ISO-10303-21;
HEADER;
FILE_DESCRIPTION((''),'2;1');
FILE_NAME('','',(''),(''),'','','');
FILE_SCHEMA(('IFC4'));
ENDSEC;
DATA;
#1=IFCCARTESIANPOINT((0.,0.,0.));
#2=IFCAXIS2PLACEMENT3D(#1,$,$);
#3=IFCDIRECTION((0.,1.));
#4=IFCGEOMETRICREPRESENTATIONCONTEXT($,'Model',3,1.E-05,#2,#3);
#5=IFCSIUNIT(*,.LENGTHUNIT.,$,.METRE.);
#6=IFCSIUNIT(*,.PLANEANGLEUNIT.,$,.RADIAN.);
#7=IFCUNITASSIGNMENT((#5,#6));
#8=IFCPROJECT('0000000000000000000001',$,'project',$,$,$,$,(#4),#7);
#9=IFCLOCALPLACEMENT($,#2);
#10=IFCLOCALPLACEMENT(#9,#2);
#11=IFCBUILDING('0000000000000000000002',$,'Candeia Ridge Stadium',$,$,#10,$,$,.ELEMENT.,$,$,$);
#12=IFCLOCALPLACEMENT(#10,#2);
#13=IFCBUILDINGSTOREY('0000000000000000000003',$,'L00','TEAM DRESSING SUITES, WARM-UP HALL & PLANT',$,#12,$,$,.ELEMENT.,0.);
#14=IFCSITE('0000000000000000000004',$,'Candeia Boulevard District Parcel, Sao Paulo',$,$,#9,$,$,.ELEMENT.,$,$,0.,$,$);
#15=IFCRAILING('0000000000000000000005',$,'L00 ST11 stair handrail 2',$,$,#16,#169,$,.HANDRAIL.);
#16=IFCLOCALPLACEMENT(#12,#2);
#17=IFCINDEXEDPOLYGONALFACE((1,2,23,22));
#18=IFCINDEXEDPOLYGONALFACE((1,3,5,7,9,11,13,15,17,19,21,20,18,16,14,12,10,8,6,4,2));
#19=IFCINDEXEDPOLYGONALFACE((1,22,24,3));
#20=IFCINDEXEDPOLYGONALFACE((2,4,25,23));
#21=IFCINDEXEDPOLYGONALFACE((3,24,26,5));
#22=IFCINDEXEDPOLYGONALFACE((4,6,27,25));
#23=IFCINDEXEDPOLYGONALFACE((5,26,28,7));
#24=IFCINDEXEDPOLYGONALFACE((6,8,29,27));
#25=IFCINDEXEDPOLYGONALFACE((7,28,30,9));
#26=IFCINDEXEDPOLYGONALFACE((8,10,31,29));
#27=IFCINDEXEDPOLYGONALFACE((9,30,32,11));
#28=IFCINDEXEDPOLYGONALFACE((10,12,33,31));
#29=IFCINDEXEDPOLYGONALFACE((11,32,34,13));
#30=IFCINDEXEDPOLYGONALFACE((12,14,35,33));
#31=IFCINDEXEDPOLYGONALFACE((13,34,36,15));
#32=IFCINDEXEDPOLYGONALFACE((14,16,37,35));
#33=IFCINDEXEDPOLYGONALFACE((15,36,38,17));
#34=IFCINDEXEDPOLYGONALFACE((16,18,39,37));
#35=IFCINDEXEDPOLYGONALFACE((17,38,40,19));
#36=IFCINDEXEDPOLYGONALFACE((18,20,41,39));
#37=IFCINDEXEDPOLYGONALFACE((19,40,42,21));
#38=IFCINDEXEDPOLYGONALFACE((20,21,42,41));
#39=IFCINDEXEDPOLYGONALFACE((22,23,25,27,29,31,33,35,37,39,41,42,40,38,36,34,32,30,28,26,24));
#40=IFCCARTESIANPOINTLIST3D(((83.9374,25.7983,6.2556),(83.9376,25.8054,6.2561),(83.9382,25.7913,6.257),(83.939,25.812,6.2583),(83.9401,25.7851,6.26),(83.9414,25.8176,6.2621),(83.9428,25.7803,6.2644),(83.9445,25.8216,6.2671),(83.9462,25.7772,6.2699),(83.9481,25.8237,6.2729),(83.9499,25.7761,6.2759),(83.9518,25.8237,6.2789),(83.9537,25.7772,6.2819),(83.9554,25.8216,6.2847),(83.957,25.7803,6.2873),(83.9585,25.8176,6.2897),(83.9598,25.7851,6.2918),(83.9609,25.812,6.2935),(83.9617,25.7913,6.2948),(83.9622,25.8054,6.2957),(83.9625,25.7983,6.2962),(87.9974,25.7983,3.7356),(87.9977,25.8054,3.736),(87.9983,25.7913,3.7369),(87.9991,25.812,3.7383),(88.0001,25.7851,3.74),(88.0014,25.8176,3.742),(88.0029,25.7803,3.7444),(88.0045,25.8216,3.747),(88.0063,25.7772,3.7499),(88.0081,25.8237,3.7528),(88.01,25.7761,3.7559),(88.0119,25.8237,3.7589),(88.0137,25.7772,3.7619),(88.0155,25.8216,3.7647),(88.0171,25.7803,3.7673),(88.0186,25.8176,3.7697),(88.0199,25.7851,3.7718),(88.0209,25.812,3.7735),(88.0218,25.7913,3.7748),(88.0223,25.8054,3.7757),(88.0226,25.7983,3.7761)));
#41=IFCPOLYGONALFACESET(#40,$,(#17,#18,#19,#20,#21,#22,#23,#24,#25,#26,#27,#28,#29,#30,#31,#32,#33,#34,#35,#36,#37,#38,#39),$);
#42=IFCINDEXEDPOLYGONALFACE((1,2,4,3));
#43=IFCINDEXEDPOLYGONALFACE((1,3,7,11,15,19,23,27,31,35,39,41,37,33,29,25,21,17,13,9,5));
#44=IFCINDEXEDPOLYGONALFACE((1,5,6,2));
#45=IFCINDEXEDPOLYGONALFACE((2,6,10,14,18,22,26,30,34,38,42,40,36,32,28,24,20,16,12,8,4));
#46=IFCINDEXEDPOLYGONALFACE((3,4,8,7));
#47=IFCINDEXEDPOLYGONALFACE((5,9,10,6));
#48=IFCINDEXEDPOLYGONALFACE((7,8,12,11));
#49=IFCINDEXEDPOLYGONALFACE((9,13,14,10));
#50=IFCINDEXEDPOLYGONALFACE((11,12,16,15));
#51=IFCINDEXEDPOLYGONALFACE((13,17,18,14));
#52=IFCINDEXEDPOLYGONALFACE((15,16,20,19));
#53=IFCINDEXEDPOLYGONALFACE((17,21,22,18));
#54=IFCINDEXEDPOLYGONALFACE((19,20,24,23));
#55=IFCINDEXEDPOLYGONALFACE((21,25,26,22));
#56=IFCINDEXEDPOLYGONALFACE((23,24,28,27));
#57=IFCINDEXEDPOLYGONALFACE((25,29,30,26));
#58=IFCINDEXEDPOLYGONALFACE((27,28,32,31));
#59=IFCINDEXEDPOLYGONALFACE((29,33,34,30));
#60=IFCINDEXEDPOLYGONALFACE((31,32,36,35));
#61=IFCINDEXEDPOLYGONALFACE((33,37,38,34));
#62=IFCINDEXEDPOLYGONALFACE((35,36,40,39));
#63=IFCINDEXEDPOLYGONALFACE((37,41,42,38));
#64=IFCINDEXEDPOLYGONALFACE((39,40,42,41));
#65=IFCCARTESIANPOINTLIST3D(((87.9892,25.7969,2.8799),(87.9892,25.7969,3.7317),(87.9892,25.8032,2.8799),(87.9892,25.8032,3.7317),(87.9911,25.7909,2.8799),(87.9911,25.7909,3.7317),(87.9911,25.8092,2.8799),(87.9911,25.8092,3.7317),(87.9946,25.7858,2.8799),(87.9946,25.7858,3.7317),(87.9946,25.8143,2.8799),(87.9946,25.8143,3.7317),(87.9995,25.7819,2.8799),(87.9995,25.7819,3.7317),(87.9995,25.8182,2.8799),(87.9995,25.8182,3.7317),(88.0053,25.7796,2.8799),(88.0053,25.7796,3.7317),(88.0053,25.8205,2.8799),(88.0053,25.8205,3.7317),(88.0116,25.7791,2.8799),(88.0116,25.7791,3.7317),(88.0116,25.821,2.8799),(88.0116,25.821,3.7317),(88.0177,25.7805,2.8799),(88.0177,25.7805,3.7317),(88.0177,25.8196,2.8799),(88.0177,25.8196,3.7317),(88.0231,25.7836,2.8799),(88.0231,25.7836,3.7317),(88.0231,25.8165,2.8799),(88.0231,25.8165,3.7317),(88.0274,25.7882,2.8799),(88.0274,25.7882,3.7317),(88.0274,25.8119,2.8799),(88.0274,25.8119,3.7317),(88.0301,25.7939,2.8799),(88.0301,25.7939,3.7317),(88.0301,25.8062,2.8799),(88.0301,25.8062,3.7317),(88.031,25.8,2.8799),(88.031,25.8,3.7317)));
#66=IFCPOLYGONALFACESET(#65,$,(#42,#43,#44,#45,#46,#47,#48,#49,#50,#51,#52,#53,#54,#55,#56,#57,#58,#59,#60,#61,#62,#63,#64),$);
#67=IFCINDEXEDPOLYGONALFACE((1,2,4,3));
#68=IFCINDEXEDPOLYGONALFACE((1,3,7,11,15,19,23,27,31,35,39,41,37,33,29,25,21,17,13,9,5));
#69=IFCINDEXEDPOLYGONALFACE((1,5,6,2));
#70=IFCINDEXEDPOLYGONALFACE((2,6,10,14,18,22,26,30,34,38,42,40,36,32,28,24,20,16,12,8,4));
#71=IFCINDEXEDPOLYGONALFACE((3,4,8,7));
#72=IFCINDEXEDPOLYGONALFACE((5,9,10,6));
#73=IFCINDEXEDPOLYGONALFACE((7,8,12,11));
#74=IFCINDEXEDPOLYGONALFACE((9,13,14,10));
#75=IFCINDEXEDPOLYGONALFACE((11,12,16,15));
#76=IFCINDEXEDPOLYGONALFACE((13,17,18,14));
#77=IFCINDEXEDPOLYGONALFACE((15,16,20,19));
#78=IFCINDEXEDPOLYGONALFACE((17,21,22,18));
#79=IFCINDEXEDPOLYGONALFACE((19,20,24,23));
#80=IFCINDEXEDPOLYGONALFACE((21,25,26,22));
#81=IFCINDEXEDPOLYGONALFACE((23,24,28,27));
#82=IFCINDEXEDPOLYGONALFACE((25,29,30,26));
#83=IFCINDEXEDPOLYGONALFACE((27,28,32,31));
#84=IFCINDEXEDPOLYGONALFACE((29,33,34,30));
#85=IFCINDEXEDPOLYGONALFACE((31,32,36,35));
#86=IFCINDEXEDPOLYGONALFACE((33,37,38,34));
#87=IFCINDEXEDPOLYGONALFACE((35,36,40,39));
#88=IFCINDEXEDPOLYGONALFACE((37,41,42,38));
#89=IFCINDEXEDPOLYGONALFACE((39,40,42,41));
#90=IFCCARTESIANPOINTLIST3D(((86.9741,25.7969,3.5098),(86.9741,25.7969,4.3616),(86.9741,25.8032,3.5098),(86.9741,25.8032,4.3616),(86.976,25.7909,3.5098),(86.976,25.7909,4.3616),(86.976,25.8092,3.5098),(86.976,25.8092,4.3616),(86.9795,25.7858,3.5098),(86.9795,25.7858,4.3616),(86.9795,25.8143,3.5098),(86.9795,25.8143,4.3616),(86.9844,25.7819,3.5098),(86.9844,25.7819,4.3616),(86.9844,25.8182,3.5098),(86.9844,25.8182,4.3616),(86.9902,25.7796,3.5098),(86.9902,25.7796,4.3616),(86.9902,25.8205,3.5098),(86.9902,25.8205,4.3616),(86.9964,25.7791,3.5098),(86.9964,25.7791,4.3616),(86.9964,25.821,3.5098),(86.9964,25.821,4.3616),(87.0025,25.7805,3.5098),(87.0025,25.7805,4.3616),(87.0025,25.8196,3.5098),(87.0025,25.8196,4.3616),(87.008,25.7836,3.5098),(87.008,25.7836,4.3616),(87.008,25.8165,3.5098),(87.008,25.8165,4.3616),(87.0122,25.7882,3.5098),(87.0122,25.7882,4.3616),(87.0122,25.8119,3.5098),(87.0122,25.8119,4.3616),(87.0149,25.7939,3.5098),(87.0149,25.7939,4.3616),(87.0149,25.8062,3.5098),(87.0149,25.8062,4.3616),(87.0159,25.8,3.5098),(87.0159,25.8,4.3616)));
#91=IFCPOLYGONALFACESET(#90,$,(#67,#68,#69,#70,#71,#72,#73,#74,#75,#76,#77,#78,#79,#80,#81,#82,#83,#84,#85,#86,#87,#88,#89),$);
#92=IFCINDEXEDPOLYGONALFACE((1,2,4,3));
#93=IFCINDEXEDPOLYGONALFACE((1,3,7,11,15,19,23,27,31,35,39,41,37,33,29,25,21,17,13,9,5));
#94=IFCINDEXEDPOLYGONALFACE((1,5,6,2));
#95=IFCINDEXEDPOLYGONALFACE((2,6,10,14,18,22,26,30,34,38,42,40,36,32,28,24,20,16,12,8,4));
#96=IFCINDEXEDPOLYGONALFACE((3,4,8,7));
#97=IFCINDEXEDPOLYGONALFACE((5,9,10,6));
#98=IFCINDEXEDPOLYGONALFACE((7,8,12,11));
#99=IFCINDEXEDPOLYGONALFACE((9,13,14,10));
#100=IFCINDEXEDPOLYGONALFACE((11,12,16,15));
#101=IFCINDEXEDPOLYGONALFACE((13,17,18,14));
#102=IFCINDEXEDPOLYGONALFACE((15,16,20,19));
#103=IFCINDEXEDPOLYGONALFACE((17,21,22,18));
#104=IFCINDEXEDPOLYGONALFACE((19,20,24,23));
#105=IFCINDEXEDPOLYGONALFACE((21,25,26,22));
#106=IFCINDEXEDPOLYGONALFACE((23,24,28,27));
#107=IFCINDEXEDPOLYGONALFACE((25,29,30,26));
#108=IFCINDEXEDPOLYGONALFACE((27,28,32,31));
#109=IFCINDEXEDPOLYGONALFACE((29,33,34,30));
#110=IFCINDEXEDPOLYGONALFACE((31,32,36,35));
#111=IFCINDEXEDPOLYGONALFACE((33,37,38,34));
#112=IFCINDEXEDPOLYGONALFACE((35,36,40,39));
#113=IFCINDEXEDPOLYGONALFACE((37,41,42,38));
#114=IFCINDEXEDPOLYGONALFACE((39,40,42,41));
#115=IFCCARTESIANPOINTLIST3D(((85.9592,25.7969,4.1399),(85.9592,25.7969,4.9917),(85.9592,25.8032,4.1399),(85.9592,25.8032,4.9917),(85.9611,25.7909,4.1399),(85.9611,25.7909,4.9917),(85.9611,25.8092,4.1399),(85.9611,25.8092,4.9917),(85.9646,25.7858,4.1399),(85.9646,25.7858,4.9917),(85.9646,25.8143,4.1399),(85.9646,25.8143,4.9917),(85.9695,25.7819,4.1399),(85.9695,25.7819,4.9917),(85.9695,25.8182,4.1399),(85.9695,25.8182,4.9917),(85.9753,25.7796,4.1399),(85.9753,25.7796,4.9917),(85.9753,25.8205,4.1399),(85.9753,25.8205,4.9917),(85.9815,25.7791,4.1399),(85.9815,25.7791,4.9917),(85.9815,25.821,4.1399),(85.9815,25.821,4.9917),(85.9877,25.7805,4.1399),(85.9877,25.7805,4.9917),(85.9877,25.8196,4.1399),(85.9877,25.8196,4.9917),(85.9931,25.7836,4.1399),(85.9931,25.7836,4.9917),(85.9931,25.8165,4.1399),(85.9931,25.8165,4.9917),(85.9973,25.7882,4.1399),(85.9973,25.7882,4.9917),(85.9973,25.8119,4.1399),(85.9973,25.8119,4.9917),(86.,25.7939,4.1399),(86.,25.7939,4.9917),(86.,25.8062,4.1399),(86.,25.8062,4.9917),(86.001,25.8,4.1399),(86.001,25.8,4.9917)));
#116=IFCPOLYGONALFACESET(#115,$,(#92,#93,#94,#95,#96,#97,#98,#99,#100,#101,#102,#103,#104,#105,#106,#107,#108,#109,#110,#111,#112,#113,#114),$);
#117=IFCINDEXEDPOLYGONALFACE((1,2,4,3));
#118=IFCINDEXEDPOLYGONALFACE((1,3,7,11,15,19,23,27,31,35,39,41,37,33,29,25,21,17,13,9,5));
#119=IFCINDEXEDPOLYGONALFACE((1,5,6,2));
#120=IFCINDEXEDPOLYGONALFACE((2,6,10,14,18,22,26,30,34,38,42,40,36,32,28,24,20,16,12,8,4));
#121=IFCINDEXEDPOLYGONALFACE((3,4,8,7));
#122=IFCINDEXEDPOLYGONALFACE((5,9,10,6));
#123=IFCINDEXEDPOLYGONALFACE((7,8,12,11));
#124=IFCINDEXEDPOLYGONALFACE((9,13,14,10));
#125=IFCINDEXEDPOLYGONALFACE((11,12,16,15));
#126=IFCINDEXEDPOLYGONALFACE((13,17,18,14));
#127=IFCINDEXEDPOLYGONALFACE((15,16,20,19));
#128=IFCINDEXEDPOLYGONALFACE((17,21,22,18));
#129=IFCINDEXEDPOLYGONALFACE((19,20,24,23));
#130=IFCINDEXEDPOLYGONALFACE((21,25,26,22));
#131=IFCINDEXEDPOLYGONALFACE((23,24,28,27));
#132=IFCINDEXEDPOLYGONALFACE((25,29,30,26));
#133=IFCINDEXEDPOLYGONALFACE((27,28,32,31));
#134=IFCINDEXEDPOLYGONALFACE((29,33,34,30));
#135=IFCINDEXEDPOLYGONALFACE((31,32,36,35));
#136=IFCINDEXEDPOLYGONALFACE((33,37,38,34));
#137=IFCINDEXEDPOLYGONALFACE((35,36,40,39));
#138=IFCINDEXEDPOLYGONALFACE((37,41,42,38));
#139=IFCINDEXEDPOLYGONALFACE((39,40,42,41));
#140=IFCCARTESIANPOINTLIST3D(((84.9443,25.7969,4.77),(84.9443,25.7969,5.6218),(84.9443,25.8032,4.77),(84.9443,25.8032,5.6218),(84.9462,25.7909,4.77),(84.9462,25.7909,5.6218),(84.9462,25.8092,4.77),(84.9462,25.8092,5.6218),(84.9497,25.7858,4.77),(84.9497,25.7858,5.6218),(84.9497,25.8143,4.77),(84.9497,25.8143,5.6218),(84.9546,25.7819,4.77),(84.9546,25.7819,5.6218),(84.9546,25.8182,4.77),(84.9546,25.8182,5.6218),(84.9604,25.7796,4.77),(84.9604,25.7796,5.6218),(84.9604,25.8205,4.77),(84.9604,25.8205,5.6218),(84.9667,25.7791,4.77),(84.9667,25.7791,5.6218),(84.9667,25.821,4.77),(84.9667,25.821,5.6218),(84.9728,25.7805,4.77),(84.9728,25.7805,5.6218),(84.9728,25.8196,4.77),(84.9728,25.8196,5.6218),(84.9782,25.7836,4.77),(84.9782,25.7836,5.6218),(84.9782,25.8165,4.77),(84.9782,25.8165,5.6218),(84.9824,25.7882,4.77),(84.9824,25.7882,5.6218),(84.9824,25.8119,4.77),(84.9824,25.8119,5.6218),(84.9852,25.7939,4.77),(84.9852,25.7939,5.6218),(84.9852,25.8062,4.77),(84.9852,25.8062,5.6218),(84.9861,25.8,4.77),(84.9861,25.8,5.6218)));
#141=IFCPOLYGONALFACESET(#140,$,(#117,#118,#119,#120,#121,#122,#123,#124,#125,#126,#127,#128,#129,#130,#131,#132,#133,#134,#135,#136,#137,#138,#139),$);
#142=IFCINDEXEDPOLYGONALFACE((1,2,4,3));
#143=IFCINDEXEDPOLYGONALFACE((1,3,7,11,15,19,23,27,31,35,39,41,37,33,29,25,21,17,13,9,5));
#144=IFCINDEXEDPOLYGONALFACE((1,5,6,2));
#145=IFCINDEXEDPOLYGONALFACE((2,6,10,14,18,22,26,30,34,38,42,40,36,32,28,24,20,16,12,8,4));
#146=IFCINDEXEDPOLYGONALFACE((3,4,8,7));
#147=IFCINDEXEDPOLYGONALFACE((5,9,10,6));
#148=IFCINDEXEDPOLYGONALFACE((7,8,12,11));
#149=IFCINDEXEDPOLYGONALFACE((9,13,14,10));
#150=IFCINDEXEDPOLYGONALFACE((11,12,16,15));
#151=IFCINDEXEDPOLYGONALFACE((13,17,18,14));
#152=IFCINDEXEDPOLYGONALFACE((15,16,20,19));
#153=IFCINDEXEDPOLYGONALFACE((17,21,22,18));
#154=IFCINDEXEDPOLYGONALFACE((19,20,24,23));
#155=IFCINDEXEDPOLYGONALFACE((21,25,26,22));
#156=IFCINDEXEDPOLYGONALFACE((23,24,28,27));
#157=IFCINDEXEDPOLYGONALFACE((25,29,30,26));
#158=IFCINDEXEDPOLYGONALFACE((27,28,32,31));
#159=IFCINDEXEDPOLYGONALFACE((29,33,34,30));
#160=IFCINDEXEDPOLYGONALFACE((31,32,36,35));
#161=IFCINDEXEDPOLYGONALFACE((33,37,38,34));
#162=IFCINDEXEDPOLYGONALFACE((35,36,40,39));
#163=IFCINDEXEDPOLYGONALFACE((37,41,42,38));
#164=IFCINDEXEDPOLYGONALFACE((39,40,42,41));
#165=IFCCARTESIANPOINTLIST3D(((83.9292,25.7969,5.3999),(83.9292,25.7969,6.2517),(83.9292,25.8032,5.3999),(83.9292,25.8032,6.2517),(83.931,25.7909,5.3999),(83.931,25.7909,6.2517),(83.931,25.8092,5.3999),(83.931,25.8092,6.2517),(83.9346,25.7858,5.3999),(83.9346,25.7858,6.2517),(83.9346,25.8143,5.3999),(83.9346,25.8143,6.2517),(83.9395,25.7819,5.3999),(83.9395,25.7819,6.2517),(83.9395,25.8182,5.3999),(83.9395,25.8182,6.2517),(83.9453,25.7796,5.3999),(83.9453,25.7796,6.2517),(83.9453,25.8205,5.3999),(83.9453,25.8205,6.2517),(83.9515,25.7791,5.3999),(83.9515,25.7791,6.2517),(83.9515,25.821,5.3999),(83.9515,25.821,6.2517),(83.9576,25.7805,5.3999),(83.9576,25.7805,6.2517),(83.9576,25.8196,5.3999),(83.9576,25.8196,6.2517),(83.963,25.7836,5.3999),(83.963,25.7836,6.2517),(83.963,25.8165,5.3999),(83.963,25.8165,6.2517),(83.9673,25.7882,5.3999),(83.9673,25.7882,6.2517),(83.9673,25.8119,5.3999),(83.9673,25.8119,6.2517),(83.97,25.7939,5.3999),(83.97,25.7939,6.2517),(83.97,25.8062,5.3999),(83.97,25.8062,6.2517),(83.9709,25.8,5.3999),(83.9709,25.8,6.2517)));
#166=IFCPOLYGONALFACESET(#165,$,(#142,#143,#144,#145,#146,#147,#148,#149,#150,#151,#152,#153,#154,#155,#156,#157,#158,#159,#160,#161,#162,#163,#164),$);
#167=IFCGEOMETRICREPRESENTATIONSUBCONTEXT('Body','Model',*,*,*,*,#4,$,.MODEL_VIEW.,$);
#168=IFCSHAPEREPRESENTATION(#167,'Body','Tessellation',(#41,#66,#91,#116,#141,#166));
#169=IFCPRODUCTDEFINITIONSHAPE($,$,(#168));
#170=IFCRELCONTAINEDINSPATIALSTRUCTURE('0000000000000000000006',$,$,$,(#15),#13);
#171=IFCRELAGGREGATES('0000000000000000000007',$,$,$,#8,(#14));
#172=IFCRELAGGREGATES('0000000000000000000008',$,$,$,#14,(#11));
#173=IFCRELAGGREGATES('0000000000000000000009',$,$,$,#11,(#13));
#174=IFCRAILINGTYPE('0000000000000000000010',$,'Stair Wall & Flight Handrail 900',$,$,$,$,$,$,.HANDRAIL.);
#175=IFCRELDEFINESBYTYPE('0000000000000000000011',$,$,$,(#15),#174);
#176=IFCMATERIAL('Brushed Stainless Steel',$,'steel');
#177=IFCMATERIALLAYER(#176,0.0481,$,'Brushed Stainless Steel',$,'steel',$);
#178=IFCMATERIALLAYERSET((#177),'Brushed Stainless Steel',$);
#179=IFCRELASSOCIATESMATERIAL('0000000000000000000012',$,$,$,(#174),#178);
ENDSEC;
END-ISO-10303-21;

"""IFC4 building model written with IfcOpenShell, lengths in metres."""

from ifc_helpers import new_model, si_unit, direction, frame, origin, origin_2d, place, context, subcontext, project, spatial, circle, extrude, material, layer, layer_set, type_object, element, save


model = new_model("IFC4")

# Units and contexts
model_context = context("Model", 3, precision=1e-05, world=origin(), true_north=direction((0.0, 1.0)))
body_context = subcontext(model_context, "Body", "Model", "MODEL_VIEW")
ifc_project = project(units=[si_unit("LENGTHUNIT", "METRE"), si_unit("PLANEANGLEUNIT", "RADIAN")], contexts=[model_context])

# Site, building, storey
site_placement = place(None, origin())
site = spatial("IfcSite", under=ifc_project, at=site_placement, Name="Candeia Boulevard District Parcel, Sao Paulo", CompositionType="ELEMENT", RefElevation=0.0)
building_placement = place(site_placement, origin())
building = spatial("IfcBuilding", under=site, at=building_placement, Name="Candeia Ridge Stadium", CompositionType="ELEMENT")
storey_placement = place(building_placement, origin())
storey = spatial("IfcBuildingStorey", under=building, at=storey_placement, Name="L00", Description="TEAM DRESSING SUITES, WARM-UP HALL & PLANT", CompositionType="ELEMENT", Elevation=0.0)

# Railing
ifc_material_1 = material(Name="Brushed Stainless Steel", Category="steel")
ifc_layer_1 = layer(ifc_material_1, 0.0481, Name="Brushed Stainless Steel", Category="steel")
ifc_layer_set_1 = layer_set([ifc_layer_1], Name="Brushed Stainless Steel")
railing_type_1 = type_object("IfcRailingType", Name="Stair Wall & Flight Handrail 900", PredefinedType="HANDRAIL", material=ifc_layer_set_1)
railing_1_placement = place(storey_placement, frame((88.01, 25.8, 2.8799)))
element("IfcRailing", 1, at=railing_1_placement, inside=storey, type_object=railing_type_1, Name="L00 ST11 stair handrail 2", PredefinedType="HANDRAIL", context=body_context, shape_type="SweptSolid", body=[
    extrude(circle(Radius=0.0239, at=origin_2d()), frame((0.0, 0.0, 0.876), z_axis=(-0.849642, 0.0, 0.52736), x_axis=(0.0, -1.0, 0.0)), (0.0, 0.0, 1.0), 4.7786),
    extrude(circle(Radius=0.021, at=origin_2d()), origin(), (0.0, 0.0, 1.0), 0.8518),
    extrude(circle(Radius=0.021, at=origin_2d()), frame((-1.0151, 0.0, 0.6299)), (0.0, 0.0, 1.0), 0.8518),
    extrude(circle(Radius=0.021, at=origin_2d()), frame((-2.03, 0.0, 1.26)), (0.0, 0.0, 1.0), 0.8518),
    extrude(circle(Radius=0.021, at=origin_2d()), frame((-3.0449, 0.0, 1.8901)), (0.0, 0.0, 1.0), 0.8518),
    extrude(circle(Radius=0.021, at=origin_2d()), frame((-4.0601, 0.0, 2.52)), (0.0, 0.0, 1.0), 0.8518),
])

save(model, "model.ifc")
